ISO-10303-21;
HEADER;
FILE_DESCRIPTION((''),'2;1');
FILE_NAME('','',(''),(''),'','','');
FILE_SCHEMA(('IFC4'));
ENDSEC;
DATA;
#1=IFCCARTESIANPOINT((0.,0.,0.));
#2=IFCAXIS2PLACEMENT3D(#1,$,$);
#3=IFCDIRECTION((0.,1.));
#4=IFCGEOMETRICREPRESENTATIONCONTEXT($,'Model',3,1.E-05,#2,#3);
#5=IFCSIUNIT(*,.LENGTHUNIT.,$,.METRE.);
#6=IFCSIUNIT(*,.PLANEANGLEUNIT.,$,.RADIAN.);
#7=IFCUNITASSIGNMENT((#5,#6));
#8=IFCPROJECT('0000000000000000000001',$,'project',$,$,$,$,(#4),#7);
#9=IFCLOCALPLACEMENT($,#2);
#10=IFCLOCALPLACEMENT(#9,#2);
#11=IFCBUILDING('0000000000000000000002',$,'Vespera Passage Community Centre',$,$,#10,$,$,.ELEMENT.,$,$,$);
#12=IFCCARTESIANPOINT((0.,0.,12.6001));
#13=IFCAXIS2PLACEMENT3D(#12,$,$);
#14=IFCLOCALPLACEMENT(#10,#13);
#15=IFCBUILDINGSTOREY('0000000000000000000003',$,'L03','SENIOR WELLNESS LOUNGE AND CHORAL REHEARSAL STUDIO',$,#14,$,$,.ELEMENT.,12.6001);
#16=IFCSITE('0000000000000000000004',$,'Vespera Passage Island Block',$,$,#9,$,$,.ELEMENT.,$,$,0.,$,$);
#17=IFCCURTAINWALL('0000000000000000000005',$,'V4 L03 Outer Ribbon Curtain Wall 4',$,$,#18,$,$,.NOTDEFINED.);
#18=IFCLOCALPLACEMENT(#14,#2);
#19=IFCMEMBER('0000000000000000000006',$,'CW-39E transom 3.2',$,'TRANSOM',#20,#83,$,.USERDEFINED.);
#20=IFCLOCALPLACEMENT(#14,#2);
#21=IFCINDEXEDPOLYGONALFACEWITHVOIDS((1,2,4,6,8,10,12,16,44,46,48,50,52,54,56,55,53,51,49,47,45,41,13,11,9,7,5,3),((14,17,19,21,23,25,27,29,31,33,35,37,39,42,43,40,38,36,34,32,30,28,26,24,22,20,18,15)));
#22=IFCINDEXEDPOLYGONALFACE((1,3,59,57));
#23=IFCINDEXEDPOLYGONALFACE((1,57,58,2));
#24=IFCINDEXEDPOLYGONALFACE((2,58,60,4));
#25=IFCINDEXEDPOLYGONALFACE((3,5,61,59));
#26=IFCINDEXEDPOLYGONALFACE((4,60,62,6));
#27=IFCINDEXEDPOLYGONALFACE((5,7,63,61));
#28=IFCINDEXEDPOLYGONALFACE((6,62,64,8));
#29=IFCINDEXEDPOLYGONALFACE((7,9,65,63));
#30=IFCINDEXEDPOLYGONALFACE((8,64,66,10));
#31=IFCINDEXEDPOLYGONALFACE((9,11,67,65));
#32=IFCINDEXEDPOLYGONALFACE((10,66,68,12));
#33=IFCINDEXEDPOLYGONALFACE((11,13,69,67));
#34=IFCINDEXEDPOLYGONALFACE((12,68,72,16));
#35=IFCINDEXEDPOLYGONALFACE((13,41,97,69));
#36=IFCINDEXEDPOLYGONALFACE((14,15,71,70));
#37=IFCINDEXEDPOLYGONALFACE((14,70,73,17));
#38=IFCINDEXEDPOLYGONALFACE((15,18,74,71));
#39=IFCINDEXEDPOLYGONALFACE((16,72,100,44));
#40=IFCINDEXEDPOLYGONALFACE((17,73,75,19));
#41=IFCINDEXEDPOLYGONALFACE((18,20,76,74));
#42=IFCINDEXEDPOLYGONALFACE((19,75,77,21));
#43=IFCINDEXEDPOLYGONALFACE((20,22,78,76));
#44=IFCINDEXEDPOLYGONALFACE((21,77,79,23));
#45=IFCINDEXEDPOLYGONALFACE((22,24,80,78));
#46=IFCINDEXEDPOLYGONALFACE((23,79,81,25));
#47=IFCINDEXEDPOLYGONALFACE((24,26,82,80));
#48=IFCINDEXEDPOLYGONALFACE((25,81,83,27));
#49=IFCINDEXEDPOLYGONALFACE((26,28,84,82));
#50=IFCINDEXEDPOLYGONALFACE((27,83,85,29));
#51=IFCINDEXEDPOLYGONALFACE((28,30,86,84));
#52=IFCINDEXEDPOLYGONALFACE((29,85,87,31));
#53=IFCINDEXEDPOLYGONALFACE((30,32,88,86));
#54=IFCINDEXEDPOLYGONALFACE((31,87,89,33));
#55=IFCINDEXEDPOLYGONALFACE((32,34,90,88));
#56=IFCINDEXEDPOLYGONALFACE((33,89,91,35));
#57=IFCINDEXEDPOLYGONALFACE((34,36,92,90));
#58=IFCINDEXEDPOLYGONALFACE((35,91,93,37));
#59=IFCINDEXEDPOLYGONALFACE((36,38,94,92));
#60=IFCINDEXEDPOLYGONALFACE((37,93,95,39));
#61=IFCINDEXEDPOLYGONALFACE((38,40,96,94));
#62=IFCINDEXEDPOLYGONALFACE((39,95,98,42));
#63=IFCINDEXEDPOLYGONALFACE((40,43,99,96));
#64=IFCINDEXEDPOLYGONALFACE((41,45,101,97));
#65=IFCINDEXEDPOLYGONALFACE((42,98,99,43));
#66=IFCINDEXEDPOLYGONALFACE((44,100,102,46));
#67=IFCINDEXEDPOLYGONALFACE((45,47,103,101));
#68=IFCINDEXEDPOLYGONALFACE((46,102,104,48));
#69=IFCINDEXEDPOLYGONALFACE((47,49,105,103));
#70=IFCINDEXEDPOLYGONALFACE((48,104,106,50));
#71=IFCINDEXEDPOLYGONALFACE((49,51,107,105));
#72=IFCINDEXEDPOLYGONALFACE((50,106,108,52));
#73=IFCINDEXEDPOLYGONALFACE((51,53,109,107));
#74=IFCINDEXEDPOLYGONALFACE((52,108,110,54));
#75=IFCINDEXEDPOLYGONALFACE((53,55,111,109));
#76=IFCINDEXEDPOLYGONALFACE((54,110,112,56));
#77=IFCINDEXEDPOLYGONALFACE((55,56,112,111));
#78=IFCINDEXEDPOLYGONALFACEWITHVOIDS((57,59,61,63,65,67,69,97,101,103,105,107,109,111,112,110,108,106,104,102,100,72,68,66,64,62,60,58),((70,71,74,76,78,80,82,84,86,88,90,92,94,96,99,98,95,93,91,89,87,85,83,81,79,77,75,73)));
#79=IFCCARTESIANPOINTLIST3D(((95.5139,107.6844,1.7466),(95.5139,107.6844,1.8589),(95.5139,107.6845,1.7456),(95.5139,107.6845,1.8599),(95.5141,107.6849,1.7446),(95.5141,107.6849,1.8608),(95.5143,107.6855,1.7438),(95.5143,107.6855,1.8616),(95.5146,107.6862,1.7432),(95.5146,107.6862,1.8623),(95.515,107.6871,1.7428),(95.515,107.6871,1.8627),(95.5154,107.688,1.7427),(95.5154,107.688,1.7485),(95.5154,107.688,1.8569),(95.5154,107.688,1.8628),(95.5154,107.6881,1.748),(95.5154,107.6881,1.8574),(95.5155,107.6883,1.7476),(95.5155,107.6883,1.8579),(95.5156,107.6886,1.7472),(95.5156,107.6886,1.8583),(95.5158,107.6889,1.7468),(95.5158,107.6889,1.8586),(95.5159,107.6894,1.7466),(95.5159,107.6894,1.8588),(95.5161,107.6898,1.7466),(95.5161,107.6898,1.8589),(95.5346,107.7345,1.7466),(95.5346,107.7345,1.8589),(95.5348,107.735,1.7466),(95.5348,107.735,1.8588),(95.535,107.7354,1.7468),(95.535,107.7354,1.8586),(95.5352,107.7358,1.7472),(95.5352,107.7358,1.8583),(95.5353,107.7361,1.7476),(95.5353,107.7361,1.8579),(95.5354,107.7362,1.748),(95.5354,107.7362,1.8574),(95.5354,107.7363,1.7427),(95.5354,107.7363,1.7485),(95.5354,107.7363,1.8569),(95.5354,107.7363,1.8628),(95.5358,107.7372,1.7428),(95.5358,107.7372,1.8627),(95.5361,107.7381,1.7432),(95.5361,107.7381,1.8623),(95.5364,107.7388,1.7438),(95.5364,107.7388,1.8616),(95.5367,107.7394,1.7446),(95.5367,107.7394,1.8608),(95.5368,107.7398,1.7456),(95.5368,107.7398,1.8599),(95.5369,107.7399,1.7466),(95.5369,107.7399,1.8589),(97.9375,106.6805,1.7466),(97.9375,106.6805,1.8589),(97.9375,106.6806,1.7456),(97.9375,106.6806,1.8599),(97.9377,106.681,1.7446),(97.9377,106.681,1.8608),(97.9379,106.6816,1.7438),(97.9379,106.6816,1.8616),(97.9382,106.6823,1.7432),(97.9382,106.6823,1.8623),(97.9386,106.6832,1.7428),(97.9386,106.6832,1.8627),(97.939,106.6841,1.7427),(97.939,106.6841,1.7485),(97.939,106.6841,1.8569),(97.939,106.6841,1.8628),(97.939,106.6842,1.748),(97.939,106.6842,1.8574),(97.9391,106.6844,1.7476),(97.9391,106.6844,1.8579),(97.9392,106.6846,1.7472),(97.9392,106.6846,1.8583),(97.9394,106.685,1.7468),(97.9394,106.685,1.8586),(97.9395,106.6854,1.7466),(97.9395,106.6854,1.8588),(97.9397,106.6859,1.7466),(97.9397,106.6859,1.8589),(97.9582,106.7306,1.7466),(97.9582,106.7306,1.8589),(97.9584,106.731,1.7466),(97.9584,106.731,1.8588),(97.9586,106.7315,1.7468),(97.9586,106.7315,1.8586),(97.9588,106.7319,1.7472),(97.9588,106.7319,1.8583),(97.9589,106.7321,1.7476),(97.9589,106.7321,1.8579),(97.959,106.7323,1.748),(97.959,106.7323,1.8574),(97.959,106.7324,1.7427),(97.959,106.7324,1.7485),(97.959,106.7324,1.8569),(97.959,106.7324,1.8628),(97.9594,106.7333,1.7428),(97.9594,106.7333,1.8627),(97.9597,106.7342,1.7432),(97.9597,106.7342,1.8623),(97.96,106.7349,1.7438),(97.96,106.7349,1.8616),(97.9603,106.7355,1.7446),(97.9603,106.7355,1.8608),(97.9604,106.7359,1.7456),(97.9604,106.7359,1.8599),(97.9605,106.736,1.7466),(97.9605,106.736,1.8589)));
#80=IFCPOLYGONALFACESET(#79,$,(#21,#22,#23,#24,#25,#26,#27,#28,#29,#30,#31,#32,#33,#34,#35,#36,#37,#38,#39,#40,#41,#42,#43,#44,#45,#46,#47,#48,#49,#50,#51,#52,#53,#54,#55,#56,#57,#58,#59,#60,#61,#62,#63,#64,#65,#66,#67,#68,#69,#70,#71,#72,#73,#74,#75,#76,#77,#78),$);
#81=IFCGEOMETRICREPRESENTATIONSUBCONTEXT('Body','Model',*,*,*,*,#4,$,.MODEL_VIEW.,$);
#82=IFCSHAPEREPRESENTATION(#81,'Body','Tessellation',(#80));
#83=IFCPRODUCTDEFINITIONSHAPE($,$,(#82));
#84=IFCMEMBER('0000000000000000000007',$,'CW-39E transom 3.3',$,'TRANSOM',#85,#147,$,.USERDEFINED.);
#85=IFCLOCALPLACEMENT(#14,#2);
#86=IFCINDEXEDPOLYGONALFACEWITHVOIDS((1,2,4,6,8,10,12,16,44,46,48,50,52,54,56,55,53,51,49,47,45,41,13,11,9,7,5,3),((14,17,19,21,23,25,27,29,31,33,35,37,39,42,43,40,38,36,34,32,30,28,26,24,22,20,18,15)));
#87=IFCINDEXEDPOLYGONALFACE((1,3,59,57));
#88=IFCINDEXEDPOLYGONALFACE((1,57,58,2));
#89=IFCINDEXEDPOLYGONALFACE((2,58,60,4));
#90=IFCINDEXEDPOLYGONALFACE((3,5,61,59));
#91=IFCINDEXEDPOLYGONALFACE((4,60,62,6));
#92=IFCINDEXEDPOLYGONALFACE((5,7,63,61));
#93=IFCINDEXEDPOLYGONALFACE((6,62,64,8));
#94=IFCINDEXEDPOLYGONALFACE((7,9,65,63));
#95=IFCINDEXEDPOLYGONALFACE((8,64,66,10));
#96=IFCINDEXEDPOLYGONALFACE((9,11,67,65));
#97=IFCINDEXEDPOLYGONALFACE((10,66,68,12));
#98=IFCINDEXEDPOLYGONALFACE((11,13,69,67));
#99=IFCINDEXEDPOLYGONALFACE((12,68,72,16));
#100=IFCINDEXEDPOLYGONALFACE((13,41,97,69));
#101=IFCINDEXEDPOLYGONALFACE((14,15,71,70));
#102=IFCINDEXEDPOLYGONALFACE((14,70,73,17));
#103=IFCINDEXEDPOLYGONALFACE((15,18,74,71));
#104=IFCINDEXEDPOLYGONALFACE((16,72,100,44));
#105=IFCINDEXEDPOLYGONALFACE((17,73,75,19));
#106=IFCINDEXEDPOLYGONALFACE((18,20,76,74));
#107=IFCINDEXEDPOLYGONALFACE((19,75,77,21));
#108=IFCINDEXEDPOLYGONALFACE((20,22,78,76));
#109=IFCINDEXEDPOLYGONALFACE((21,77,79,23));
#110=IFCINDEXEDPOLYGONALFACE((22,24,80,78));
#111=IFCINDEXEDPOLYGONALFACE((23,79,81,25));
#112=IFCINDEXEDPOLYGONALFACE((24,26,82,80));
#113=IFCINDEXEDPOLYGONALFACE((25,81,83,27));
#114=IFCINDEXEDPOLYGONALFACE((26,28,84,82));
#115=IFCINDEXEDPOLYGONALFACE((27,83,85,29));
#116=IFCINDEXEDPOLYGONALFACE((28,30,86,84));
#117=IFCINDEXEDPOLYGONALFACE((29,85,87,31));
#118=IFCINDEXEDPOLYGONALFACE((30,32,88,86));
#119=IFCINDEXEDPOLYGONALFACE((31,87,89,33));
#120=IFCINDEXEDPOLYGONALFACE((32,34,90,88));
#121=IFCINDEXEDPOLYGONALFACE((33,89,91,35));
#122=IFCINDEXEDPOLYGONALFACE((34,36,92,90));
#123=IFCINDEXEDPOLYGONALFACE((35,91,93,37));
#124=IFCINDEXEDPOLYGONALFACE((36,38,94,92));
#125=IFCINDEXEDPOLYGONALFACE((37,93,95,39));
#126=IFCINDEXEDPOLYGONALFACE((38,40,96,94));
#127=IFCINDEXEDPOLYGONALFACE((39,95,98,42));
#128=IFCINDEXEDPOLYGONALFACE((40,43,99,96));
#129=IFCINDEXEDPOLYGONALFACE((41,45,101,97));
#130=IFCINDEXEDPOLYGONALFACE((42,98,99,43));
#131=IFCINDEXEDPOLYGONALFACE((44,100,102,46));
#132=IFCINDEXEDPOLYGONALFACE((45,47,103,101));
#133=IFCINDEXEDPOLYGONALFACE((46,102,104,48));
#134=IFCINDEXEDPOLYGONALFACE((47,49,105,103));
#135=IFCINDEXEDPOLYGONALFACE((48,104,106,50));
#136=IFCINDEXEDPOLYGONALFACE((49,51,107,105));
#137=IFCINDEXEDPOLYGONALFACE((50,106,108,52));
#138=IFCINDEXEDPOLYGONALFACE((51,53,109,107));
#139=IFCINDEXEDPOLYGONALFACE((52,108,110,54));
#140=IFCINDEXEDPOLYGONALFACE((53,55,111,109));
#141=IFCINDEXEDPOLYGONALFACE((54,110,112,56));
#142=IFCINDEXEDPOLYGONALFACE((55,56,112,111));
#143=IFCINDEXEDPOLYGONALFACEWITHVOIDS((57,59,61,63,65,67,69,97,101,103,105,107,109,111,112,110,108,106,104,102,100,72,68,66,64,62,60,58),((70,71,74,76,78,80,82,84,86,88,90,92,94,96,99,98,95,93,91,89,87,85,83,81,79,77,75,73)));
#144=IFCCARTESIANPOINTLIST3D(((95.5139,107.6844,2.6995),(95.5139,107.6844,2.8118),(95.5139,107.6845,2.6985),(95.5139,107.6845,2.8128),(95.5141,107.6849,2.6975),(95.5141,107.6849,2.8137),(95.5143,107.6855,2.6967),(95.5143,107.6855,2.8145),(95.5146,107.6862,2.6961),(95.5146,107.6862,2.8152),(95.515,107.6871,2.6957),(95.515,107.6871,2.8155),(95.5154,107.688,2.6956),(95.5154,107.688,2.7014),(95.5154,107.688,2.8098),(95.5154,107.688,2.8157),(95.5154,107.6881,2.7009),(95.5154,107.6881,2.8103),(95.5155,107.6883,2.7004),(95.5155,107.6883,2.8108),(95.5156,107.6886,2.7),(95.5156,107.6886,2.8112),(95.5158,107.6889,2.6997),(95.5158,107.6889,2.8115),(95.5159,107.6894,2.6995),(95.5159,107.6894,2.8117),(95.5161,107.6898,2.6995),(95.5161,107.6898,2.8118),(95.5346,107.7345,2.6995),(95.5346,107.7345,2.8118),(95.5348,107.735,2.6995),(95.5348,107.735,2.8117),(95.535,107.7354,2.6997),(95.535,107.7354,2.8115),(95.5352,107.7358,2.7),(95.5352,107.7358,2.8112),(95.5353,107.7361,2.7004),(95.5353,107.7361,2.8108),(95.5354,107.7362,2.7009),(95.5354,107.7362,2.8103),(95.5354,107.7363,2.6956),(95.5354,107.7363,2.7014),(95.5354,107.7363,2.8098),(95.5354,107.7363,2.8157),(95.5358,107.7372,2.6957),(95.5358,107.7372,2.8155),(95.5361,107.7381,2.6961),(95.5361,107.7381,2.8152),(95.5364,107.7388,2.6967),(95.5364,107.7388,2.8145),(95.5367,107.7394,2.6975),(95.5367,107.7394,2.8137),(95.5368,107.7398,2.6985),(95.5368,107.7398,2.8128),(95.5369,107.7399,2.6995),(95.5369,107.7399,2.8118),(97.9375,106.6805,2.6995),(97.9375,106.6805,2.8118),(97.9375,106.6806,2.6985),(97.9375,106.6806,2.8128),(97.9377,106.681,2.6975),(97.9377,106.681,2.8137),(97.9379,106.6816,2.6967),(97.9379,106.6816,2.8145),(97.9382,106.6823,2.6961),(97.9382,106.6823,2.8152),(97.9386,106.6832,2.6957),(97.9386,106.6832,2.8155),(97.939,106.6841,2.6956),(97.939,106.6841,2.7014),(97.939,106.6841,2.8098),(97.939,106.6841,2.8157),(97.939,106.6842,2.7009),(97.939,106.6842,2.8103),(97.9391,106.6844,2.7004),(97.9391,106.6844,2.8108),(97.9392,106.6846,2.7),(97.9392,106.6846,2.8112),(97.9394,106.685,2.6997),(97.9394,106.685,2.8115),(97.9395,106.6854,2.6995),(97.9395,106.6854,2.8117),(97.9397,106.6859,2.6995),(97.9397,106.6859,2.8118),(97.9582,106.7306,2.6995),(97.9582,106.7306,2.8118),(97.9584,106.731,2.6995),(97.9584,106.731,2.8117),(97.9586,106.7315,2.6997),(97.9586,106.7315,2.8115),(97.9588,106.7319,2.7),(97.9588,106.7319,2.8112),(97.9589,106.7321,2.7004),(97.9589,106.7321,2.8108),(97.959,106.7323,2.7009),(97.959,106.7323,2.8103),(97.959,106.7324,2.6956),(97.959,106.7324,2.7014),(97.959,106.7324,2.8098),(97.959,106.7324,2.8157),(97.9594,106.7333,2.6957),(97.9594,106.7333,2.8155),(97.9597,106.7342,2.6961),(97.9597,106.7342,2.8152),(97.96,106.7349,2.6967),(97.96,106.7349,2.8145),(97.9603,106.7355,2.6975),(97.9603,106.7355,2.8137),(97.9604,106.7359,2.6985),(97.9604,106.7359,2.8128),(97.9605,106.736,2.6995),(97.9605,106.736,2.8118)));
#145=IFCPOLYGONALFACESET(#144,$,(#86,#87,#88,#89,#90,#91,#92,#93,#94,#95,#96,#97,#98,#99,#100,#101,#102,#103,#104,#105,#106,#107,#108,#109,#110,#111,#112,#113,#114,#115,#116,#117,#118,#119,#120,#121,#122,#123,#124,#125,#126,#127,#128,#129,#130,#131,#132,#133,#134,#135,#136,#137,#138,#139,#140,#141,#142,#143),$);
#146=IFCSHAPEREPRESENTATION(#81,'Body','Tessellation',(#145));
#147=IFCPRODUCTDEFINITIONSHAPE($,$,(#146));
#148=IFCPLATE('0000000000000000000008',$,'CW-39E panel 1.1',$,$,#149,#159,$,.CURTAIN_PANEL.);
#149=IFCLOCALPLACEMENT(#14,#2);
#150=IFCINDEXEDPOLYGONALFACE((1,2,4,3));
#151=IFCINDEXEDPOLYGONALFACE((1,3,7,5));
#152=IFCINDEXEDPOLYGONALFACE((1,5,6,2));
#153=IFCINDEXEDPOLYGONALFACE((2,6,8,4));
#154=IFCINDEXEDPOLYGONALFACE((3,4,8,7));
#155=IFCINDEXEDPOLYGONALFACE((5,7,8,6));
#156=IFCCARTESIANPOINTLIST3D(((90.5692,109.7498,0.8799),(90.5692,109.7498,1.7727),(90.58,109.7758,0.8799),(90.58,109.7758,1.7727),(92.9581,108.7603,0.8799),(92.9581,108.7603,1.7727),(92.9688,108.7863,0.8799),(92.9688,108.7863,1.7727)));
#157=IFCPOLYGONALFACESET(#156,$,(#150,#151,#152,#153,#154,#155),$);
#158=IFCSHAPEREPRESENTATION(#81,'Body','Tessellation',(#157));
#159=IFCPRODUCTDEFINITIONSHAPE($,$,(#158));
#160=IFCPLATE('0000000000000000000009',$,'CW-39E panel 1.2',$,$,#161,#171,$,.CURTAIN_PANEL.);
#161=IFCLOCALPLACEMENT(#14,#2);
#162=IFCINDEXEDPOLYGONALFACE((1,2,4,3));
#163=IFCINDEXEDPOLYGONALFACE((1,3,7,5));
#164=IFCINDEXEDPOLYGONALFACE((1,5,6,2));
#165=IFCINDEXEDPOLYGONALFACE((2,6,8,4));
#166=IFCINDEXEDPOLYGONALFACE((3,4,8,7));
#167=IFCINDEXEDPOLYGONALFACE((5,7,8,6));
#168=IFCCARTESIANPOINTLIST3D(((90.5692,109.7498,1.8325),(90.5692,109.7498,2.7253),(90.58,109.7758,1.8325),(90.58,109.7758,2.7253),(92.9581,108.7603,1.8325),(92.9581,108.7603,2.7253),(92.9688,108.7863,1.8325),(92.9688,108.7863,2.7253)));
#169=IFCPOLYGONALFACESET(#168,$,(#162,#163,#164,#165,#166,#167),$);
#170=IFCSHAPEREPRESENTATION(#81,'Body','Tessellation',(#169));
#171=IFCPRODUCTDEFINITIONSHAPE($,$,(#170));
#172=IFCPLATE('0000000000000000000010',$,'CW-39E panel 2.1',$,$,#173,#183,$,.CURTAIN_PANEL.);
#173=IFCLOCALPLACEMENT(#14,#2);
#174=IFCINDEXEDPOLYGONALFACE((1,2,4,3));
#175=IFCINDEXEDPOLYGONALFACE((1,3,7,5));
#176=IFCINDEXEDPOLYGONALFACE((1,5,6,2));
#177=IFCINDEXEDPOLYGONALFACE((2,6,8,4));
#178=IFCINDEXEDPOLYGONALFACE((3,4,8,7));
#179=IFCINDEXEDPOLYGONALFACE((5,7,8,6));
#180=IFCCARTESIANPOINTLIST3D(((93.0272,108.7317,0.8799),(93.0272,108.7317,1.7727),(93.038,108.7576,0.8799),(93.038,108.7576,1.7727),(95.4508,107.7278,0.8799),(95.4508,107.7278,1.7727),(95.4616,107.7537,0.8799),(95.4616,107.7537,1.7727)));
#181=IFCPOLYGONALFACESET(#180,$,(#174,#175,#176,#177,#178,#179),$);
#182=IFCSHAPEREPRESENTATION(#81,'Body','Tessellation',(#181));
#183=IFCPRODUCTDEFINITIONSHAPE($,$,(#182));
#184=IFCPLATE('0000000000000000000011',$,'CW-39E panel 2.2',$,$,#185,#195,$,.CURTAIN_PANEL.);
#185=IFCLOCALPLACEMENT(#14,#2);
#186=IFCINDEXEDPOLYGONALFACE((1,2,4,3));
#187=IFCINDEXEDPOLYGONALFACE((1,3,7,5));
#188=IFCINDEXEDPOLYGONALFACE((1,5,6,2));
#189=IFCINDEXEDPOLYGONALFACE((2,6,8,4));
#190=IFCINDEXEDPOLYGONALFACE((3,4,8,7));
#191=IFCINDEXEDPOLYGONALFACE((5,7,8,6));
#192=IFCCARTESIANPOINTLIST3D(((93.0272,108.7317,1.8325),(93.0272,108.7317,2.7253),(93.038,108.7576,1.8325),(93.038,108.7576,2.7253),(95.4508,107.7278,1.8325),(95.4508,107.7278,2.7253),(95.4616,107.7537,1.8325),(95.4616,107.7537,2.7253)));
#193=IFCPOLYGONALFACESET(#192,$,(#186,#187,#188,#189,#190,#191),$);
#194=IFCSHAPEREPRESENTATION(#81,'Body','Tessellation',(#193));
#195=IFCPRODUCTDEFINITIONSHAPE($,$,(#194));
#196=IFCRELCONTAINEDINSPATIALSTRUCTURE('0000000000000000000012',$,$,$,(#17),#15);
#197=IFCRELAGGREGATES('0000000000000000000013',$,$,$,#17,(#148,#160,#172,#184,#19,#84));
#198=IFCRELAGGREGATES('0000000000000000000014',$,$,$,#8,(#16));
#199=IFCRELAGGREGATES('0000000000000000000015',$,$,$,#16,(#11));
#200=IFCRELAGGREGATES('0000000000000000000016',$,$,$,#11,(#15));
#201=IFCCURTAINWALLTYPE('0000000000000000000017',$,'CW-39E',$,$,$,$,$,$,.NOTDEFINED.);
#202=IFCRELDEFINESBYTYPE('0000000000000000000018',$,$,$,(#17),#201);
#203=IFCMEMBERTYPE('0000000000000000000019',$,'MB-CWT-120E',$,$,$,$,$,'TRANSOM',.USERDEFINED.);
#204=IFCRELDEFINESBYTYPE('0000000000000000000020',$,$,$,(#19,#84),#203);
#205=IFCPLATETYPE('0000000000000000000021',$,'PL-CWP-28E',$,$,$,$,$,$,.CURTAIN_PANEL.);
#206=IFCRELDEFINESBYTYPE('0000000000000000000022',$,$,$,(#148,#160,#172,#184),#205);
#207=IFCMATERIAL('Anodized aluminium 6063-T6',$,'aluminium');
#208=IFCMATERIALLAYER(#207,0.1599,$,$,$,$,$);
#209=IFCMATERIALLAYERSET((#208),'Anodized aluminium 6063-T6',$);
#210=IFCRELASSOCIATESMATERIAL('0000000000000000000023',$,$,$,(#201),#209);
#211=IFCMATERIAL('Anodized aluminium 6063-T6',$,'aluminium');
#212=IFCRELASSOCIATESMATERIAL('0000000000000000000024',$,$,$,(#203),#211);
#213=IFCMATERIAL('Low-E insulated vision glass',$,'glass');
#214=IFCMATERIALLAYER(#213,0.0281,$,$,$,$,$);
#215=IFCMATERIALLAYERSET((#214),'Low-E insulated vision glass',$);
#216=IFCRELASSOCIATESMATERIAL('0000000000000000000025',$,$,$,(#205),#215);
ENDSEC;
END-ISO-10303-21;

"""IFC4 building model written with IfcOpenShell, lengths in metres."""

from ifc_helpers import new_model, si_unit, direction, frame, origin, origin_2d, place, context, subcontext, project, spatial, rectangle, hollow_rectangle, extrude, material, layer, layer_set, material_profile, profile_set, type_object, element, aggregate, save


model = new_model("IFC4")

# Units and contexts
model_context = context("Model", 3, precision=1e-05, world=origin(), true_north=direction((0.0, 1.0)))
body_context = subcontext(model_context, "Body", "Model", "MODEL_VIEW")
ifc_project = project(units=[si_unit("LENGTHUNIT", "METRE"), si_unit("PLANEANGLEUNIT", "RADIAN")], contexts=[model_context])

# Site, building, storey
site_placement = place(None, origin())
site = spatial("IfcSite", under=ifc_project, at=site_placement, Name="Vespera Passage Island Block", CompositionType="ELEMENT", RefElevation=0.0)
building_placement = place(site_placement, origin())
building = spatial("IfcBuilding", under=site, at=building_placement, Name="Vespera Passage Community Centre", CompositionType="ELEMENT")
storey_placement = place(building_placement, frame((0.0, 0.0, 12.6001)))
storey = spatial("IfcBuildingStorey", under=building, at=storey_placement, Name="L03", Description="SENIOR WELLNESS LOUNGE AND CHORAL REHEARSAL STUDIO", CompositionType="ELEMENT", Elevation=12.6001)

# Curtain wall
ifc_material_1 = material(Name="Anodized aluminium 6063-T6", Category="aluminium")
ifc_layer_1 = layer(ifc_material_1, 0.1599)
ifc_layer_set_1 = layer_set([ifc_layer_1], Name="Anodized aluminium 6063-T6")
curtain_wall_type_1 = type_object("IfcCurtainWallType", Name="CW-39E", PredefinedType="NOTDEFINED", material=ifc_layer_set_1)
curtain_wall_1_placement = place(storey_placement, origin())
curtain_wall_1 = element("IfcCurtainWall", 1, at=curtain_wall_1_placement, inside=storey, type_object=curtain_wall_type_1, Name="V4 L03 Outer Ribbon Curtain Wall 4", PredefinedType="NOTDEFINED")

# Members
ifc_material_2 = material(Name="Anodized aluminium 6063-T6", Category="aluminium")
ifc_material_profile_1 = material_profile(ifc_material_2, hollow_rectangle(XDim=0.0601, YDim=0.1201, WallThickness=0.0039, InnerFilletRadius=0.002, OuterFilletRadius=0.0039, at=origin_2d()), Name="ALU120X60X4")
ifc_profile_set_1 = profile_set([ifc_material_profile_1], Name="Anodized aluminium 6063-T6")
member_type_1 = type_object("IfcMemberType", Name="MB-CWT-120E", ElementType="TRANSOM", PredefinedType="USERDEFINED", material=ifc_profile_set_1)
member_1_placement = place(storey_placement, frame((95.5254, 107.7122, 1.8027), z_axis=(0.923876, -0.382692, 0.0), x_axis=(0.382692, 0.923876, 0.0)))
member_1 = element("IfcMember", 2, at=member_1_placement, type_object=member_type_1, Name="CW-39E transom 3.2", ObjectType="TRANSOM", PredefinedType="USERDEFINED", context=body_context, shape_type="SweptSolid", body=[
    extrude(hollow_rectangle(XDim=0.0601, YDim=0.1201, WallThickness=0.0039, InnerFilletRadius=0.002, OuterFilletRadius=0.0039, at=origin_2d()), origin(), (0.0, 0.0, 1.0), 2.6233),
])
member_2_placement = place(storey_placement, frame((95.5254, 107.7122, 2.7556), z_axis=(0.923876, -0.382692, 0.0), x_axis=(0.382692, 0.923876, 0.0)))
member_2 = element("IfcMember", 3, at=member_2_placement, type_object=member_type_1, Name="CW-39E transom 3.3", ObjectType="TRANSOM", PredefinedType="USERDEFINED", context=body_context, shape_type="SweptSolid", body=[
    extrude(hollow_rectangle(XDim=0.0601, YDim=0.1201, WallThickness=0.0039, InnerFilletRadius=0.002, OuterFilletRadius=0.0039, at=origin_2d()), origin(), (0.0, 0.0, 1.0), 2.6233),
])

# Plates
ifc_material_3 = material(Name="Low-E insulated vision glass", Category="glass")
ifc_layer_2 = layer(ifc_material_3, 0.0281)
ifc_layer_set_2 = layer_set([ifc_layer_2], Name="Low-E insulated vision glass")
plate_type_1 = type_object("IfcPlateType", Name="PL-CWP-28E", PredefinedType="CURTAIN_PANEL", material=ifc_layer_set_2)
plate_1_placement = place(storey_placement, frame((91.769, 109.2681, 0.8799), z_axis=(0.0, 0.0, 1.0), x_axis=(0.92388, -0.382683, 0.0)))
plate_1 = element("IfcPlate", 4, at=plate_1_placement, type_object=plate_type_1, Name="CW-39E panel 1.1", PredefinedType="CURTAIN_PANEL", context=body_context, shape_type="SweptSolid", body=[
    extrude(rectangle(XDim=2.5857, YDim=0.0281, at=origin_2d()), origin(), (0.0, 0.0, 1.0), 0.8928),
])
plate_2_placement = place(storey_placement, frame((91.769, 109.2681, 1.8325), z_axis=(0.0, 0.0, 1.0), x_axis=(0.92388, -0.382683, 0.0)))
plate_2 = element("IfcPlate", 5, at=plate_2_placement, type_object=plate_type_1, Name="CW-39E panel 1.2", PredefinedType="CURTAIN_PANEL", context=body_context, shape_type="SweptSolid", body=[
    extrude(rectangle(XDim=2.5857, YDim=0.0281, at=origin_2d()), origin(), (0.0, 0.0, 1.0), 0.8928),
])
plate_3_placement = place(storey_placement, frame((94.2444, 108.2427, 0.8799), z_axis=(0.0, 0.0, 1.0), x_axis=(0.92388, -0.382683, 0.0)))
plate_3 = element("IfcPlate", 6, at=plate_3_placement, type_object=plate_type_1, Name="CW-39E panel 2.1", PredefinedType="CURTAIN_PANEL", context=body_context, shape_type="SweptSolid", body=[
    extrude(rectangle(XDim=2.6233, YDim=0.0281, at=origin_2d()), origin(), (0.0, 0.0, 1.0), 0.8928),
])
plate_4_placement = place(storey_placement, frame((94.2444, 108.2427, 1.8325), z_axis=(0.0, 0.0, 1.0), x_axis=(0.92388, -0.382683, 0.0)))
plate_4 = element("IfcPlate", 7, at=plate_4_placement, type_object=plate_type_1, Name="CW-39E panel 2.2", PredefinedType="CURTAIN_PANEL", context=body_context, shape_type="SweptSolid", body=[
    extrude(rectangle(XDim=2.6233, YDim=0.0281, at=origin_2d()), origin(), (0.0, 0.0, 1.0), 0.8928),
])
aggregate(curtain_wall_1, [plate_1, plate_2, plate_3, plate_4, member_1, member_2])

save(model, "model.ifc")
